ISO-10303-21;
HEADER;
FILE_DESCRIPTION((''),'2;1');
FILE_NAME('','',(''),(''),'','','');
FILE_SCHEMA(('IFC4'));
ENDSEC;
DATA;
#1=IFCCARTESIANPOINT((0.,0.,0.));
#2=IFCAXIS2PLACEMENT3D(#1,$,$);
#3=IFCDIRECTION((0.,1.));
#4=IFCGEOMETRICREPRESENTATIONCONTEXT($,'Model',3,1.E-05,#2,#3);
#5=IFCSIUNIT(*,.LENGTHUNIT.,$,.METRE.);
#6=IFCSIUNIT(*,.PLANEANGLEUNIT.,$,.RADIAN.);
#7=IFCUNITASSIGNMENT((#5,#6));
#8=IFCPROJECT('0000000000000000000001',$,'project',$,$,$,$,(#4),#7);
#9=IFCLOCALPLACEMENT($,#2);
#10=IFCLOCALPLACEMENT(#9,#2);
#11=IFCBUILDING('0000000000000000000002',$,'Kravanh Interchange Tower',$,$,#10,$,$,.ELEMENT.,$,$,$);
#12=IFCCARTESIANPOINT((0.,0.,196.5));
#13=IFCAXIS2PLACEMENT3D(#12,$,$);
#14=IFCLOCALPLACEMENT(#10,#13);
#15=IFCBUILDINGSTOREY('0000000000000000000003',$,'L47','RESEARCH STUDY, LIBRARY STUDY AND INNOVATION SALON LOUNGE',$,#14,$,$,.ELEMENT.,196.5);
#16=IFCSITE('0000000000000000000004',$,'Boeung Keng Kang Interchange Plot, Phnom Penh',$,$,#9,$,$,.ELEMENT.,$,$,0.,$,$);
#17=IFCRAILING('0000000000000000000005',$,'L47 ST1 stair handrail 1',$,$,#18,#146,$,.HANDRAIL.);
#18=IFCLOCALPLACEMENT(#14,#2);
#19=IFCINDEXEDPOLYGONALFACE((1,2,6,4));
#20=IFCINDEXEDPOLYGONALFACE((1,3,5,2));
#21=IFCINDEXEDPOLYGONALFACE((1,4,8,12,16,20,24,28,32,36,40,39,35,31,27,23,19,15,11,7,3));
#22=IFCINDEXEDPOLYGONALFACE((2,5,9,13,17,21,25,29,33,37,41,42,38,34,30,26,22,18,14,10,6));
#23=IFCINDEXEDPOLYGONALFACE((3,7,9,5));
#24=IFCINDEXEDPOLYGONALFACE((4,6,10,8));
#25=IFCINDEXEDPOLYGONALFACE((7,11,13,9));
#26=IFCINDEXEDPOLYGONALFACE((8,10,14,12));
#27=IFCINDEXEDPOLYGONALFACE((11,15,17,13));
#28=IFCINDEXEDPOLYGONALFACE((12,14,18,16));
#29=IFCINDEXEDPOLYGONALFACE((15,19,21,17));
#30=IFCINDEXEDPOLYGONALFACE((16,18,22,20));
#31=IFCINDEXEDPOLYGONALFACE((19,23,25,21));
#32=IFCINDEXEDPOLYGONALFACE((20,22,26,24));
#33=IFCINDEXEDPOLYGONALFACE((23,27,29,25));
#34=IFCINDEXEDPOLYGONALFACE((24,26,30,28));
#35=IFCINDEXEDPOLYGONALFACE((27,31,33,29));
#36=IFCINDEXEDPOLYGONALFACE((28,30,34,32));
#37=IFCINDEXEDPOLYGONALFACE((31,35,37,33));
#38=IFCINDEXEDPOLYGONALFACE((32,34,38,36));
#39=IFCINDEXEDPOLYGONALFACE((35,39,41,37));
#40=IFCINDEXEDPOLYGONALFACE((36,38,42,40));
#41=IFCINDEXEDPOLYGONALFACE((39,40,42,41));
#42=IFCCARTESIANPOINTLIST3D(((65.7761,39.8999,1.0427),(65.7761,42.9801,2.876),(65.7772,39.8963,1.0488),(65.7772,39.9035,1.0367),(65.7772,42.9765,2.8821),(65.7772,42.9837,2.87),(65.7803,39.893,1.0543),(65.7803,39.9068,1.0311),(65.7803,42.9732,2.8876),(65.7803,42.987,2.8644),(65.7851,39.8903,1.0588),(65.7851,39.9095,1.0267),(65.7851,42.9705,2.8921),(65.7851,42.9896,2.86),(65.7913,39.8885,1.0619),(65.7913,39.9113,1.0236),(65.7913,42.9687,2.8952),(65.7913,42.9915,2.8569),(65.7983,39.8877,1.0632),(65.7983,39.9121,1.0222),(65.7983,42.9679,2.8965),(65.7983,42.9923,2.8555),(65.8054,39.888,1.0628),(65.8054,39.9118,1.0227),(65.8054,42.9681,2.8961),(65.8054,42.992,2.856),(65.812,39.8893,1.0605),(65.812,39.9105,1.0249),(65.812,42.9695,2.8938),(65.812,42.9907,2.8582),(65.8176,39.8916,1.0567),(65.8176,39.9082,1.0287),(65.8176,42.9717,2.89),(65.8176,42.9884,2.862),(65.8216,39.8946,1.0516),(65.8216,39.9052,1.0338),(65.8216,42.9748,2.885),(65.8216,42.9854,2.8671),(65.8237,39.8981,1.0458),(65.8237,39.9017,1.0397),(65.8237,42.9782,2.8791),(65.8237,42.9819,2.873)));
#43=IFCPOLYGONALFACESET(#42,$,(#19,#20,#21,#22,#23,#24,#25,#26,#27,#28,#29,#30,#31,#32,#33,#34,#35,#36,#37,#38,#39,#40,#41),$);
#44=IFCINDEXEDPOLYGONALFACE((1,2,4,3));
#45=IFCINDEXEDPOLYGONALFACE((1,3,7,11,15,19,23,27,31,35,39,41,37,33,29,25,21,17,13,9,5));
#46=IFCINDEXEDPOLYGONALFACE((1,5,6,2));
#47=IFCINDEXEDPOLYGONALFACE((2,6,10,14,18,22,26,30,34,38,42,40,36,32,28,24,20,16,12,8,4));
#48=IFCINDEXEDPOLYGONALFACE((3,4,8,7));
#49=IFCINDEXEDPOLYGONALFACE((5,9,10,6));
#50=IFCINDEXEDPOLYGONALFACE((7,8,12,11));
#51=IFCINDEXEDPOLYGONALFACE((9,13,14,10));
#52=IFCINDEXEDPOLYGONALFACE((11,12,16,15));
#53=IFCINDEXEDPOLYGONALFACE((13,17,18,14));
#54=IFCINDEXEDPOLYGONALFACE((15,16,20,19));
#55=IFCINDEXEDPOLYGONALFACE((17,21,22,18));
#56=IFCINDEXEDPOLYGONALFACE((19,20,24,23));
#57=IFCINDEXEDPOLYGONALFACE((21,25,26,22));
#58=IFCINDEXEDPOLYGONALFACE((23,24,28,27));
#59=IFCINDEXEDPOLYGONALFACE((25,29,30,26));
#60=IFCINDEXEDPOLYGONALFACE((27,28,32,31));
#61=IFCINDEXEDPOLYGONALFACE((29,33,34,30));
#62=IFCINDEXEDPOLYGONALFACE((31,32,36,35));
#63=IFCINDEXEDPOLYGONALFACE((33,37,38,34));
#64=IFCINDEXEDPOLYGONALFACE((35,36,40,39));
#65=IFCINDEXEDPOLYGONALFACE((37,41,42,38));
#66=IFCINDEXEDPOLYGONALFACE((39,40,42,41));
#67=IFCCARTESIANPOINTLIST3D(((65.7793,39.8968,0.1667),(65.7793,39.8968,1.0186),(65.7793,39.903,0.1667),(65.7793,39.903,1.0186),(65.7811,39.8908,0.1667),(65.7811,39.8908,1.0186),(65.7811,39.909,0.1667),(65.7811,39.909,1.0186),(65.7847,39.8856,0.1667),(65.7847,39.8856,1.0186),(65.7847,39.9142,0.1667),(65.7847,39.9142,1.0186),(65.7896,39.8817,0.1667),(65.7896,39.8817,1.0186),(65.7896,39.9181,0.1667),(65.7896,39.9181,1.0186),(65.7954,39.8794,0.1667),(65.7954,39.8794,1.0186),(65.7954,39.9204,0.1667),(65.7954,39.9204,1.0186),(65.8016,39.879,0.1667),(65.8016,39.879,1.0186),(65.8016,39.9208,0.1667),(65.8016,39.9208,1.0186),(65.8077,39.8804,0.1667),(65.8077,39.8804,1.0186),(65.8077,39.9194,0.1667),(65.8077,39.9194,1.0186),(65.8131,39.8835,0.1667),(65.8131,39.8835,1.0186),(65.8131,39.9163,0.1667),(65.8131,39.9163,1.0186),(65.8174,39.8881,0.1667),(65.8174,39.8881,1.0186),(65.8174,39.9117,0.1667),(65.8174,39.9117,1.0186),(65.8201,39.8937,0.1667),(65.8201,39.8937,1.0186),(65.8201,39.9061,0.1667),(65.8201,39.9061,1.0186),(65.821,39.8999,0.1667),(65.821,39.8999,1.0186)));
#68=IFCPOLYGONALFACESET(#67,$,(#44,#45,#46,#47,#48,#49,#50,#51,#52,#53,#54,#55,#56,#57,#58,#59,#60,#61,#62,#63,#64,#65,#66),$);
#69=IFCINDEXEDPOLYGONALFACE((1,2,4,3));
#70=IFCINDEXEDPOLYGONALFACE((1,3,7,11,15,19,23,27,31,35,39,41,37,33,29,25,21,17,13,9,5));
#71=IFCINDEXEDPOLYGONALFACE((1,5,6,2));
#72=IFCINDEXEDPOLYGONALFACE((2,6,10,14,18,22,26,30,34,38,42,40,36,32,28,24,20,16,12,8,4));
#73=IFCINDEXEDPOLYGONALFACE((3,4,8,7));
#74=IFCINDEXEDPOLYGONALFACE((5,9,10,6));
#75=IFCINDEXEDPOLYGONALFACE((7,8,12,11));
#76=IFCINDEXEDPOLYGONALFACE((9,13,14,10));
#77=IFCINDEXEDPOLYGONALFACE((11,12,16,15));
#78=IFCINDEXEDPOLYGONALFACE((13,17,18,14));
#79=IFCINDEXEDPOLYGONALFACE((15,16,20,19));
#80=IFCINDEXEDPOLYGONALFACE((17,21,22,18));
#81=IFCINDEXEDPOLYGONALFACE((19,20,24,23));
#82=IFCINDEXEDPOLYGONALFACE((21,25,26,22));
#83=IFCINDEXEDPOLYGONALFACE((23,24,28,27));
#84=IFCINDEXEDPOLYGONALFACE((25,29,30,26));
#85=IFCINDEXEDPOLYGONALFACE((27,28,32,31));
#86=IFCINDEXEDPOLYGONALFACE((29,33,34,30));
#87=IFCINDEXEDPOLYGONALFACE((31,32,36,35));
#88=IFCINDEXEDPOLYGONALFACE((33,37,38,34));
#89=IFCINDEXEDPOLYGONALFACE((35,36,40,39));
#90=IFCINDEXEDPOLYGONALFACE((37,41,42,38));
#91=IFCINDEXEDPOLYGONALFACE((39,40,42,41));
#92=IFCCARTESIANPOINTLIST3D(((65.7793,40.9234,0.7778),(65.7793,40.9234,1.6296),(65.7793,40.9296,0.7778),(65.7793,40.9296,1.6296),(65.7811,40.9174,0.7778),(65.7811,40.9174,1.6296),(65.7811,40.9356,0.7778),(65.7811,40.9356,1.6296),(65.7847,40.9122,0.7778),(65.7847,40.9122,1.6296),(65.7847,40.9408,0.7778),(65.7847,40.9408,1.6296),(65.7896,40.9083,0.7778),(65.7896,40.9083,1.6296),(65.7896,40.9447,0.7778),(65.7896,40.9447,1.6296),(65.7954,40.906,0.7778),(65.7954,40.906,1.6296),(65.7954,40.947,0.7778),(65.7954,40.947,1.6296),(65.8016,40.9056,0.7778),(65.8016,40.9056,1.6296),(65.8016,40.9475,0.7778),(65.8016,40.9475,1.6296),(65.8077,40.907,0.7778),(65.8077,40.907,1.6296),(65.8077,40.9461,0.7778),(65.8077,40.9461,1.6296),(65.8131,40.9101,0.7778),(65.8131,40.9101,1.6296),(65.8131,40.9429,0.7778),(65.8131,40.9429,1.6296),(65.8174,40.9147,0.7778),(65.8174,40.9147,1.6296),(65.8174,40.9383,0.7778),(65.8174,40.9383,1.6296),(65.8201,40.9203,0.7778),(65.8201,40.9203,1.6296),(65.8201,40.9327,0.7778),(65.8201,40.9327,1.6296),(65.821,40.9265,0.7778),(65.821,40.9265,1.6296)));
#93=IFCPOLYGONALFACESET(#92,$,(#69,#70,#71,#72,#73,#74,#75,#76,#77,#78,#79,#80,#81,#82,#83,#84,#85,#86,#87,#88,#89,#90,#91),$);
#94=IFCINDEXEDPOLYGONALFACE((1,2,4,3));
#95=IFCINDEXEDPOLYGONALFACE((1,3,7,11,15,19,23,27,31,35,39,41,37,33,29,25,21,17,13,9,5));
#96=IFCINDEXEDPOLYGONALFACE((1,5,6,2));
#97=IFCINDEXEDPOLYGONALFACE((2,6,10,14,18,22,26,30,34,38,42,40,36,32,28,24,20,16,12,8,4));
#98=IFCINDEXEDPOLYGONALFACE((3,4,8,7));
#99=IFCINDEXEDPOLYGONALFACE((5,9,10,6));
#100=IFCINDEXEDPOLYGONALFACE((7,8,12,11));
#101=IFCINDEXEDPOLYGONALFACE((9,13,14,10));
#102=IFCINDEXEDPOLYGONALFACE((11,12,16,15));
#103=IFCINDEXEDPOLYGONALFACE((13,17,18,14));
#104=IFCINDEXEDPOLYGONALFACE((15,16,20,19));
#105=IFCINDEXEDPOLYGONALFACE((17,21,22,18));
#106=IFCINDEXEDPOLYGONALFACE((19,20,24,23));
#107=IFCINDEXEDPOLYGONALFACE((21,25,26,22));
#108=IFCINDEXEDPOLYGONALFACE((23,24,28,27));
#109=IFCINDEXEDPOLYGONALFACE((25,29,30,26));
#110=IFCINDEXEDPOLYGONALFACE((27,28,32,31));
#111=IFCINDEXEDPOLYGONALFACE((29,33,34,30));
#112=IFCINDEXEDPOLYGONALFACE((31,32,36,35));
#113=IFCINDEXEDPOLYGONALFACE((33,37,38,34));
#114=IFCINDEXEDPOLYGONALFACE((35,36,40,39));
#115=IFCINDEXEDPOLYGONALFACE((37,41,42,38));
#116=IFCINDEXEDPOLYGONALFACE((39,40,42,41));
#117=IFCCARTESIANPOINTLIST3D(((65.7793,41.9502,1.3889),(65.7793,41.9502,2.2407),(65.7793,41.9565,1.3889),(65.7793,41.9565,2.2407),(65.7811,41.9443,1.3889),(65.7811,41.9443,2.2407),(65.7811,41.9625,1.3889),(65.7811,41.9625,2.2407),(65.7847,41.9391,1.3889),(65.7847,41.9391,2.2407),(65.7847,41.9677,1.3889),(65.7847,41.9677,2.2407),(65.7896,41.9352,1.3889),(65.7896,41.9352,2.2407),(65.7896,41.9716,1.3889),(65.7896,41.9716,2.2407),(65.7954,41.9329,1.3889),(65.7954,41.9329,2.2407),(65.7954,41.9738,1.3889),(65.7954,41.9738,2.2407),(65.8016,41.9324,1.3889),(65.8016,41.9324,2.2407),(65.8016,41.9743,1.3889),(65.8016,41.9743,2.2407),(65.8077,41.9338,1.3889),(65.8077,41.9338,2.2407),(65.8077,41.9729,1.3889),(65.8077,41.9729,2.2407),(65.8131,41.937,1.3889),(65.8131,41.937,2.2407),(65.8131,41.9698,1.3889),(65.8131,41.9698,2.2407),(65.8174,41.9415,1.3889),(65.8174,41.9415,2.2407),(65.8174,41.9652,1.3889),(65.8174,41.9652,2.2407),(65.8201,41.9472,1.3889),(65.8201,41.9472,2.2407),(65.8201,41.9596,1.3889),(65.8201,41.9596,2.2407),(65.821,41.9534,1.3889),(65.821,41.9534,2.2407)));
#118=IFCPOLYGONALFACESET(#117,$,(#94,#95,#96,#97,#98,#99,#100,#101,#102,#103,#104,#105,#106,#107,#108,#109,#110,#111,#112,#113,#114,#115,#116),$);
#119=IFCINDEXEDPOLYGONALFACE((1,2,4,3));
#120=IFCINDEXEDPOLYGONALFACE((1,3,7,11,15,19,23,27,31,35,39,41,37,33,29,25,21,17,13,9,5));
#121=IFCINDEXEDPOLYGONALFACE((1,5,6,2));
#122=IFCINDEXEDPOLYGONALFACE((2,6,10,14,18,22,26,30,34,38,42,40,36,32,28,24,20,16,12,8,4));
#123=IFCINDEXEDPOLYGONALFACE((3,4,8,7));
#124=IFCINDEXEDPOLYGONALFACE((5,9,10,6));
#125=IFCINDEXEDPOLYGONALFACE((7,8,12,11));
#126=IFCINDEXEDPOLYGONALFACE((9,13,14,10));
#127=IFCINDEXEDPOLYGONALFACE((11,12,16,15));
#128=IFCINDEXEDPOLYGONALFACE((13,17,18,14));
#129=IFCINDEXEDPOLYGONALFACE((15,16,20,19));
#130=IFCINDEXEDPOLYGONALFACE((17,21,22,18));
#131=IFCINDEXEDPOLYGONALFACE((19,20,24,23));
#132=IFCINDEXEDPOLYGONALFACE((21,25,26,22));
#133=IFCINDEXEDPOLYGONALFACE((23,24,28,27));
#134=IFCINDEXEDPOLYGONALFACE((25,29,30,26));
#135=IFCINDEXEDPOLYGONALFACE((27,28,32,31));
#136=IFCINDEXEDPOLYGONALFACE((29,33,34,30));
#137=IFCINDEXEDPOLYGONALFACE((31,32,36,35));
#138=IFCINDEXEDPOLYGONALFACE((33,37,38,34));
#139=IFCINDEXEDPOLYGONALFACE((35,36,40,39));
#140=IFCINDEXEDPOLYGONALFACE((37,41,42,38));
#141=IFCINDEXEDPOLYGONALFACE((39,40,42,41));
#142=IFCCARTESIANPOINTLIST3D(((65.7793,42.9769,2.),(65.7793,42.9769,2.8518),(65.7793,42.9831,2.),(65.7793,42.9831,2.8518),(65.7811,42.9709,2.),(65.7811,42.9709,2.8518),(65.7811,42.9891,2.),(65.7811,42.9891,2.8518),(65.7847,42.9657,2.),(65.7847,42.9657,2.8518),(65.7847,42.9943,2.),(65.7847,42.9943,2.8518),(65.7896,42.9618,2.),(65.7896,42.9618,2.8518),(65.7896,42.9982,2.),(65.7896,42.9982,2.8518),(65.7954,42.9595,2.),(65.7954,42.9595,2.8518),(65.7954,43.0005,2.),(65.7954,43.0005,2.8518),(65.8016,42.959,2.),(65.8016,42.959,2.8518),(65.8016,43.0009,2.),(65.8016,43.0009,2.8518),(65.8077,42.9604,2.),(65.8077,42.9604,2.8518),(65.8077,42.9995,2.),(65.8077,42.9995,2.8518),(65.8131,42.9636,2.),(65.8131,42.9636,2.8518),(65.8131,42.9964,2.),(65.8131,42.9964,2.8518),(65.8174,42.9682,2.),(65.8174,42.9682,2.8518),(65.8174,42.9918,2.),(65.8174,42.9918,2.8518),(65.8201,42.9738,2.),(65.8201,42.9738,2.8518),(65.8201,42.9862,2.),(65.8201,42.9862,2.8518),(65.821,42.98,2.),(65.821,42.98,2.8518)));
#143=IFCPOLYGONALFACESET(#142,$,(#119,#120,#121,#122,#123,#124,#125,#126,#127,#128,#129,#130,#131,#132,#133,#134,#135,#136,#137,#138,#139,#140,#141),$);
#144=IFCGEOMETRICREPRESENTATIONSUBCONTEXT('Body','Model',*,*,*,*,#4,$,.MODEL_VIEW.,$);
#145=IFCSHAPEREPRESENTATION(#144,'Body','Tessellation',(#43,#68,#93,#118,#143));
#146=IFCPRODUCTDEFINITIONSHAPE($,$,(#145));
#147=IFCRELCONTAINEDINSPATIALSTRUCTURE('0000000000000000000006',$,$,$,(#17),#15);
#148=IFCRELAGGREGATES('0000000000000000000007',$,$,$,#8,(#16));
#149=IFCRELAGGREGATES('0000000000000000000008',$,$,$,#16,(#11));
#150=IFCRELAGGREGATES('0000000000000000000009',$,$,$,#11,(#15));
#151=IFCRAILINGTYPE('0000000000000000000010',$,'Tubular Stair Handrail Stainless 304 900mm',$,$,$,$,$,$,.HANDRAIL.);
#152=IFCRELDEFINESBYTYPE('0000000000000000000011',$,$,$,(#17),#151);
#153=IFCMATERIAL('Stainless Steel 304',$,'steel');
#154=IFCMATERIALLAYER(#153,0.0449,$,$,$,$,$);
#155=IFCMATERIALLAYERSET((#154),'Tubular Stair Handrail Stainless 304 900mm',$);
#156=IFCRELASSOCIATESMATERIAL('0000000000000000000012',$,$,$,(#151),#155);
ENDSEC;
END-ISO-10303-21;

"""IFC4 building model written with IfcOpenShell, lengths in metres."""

from ifc_helpers import new_model, si_unit, direction, frame, origin, origin_2d, place, context, subcontext, project, spatial, circle, extrude, material, layer, layer_set, type_object, element, save


model = new_model("IFC4")

# Units and contexts
model_context = context("Model", 3, precision=1e-05, world=origin(), true_north=direction((0.0, 1.0)))
body_context = subcontext(model_context, "Body", "Model", "MODEL_VIEW")
ifc_project = project(units=[si_unit("LENGTHUNIT", "METRE"), si_unit("PLANEANGLEUNIT", "RADIAN")], contexts=[model_context])

# Site, building, storey
site_placement = place(None, origin())
site = spatial("IfcSite", under=ifc_project, at=site_placement, Name="Boeung Keng Kang Interchange Plot, Phnom Penh", CompositionType="ELEMENT", RefElevation=0.0)
building_placement = place(site_placement, origin())
building = spatial("IfcBuilding", under=site, at=building_placement, Name="Kravanh Interchange Tower", CompositionType="ELEMENT")
storey_placement = place(building_placement, frame((0.0, 0.0, 196.5)))
storey = spatial("IfcBuildingStorey", under=building, at=storey_placement, Name="L47", Description="RESEARCH STUDY, LIBRARY STUDY AND INNOVATION SALON LOUNGE", CompositionType="ELEMENT", Elevation=196.5)

# Railing
ifc_material_1 = material(Name="Stainless Steel 304", Category="steel")
ifc_layer_1 = layer(ifc_material_1, 0.0449)
ifc_layer_set_1 = layer_set([ifc_layer_1], Name="Tubular Stair Handrail Stainless 304 900mm")
railing_type_1 = type_object("IfcRailingType", Name="Tubular Stair Handrail Stainless 304 900mm", PredefinedType="HANDRAIL", material=ifc_layer_set_1)
railing_1_placement = place(storey_placement, frame((65.8, 39.8999, 0.1667)))
element("IfcRailing", 1, at=railing_1_placement, inside=storey, type_object=railing_type_1, Name="L47 ST1 stair handrail 1", PredefinedType="HANDRAIL", context=body_context, shape_type="SweptSolid", body=[
    extrude(circle(Radius=0.0239, at=origin_2d()), frame((0.0, 0.0, 0.876), z_axis=(0.0, 0.859309, 0.511458), x_axis=(-1.0, 0.0, 0.0)), (0.0, 0.0, 1.0), 3.5845),
    extrude(circle(Radius=0.021, at=origin_2d()), origin(), (0.0, 0.0, 1.0), 0.8518),
    extrude(circle(Radius=0.021, at=origin_2d()), frame((0.0, 1.0266, 0.6111)), (0.0, 0.0, 1.0), 0.8518),
    extrude(circle(Radius=0.021, at=origin_2d()), frame((0.0, 2.0535, 1.2222)), (0.0, 0.0, 1.0), 0.8518),
    extrude(circle(Radius=0.021, at=origin_2d()), frame((0.0, 3.0801, 1.8333)), (0.0, 0.0, 1.0), 0.8518),
])

save(model, "model.ifc")
